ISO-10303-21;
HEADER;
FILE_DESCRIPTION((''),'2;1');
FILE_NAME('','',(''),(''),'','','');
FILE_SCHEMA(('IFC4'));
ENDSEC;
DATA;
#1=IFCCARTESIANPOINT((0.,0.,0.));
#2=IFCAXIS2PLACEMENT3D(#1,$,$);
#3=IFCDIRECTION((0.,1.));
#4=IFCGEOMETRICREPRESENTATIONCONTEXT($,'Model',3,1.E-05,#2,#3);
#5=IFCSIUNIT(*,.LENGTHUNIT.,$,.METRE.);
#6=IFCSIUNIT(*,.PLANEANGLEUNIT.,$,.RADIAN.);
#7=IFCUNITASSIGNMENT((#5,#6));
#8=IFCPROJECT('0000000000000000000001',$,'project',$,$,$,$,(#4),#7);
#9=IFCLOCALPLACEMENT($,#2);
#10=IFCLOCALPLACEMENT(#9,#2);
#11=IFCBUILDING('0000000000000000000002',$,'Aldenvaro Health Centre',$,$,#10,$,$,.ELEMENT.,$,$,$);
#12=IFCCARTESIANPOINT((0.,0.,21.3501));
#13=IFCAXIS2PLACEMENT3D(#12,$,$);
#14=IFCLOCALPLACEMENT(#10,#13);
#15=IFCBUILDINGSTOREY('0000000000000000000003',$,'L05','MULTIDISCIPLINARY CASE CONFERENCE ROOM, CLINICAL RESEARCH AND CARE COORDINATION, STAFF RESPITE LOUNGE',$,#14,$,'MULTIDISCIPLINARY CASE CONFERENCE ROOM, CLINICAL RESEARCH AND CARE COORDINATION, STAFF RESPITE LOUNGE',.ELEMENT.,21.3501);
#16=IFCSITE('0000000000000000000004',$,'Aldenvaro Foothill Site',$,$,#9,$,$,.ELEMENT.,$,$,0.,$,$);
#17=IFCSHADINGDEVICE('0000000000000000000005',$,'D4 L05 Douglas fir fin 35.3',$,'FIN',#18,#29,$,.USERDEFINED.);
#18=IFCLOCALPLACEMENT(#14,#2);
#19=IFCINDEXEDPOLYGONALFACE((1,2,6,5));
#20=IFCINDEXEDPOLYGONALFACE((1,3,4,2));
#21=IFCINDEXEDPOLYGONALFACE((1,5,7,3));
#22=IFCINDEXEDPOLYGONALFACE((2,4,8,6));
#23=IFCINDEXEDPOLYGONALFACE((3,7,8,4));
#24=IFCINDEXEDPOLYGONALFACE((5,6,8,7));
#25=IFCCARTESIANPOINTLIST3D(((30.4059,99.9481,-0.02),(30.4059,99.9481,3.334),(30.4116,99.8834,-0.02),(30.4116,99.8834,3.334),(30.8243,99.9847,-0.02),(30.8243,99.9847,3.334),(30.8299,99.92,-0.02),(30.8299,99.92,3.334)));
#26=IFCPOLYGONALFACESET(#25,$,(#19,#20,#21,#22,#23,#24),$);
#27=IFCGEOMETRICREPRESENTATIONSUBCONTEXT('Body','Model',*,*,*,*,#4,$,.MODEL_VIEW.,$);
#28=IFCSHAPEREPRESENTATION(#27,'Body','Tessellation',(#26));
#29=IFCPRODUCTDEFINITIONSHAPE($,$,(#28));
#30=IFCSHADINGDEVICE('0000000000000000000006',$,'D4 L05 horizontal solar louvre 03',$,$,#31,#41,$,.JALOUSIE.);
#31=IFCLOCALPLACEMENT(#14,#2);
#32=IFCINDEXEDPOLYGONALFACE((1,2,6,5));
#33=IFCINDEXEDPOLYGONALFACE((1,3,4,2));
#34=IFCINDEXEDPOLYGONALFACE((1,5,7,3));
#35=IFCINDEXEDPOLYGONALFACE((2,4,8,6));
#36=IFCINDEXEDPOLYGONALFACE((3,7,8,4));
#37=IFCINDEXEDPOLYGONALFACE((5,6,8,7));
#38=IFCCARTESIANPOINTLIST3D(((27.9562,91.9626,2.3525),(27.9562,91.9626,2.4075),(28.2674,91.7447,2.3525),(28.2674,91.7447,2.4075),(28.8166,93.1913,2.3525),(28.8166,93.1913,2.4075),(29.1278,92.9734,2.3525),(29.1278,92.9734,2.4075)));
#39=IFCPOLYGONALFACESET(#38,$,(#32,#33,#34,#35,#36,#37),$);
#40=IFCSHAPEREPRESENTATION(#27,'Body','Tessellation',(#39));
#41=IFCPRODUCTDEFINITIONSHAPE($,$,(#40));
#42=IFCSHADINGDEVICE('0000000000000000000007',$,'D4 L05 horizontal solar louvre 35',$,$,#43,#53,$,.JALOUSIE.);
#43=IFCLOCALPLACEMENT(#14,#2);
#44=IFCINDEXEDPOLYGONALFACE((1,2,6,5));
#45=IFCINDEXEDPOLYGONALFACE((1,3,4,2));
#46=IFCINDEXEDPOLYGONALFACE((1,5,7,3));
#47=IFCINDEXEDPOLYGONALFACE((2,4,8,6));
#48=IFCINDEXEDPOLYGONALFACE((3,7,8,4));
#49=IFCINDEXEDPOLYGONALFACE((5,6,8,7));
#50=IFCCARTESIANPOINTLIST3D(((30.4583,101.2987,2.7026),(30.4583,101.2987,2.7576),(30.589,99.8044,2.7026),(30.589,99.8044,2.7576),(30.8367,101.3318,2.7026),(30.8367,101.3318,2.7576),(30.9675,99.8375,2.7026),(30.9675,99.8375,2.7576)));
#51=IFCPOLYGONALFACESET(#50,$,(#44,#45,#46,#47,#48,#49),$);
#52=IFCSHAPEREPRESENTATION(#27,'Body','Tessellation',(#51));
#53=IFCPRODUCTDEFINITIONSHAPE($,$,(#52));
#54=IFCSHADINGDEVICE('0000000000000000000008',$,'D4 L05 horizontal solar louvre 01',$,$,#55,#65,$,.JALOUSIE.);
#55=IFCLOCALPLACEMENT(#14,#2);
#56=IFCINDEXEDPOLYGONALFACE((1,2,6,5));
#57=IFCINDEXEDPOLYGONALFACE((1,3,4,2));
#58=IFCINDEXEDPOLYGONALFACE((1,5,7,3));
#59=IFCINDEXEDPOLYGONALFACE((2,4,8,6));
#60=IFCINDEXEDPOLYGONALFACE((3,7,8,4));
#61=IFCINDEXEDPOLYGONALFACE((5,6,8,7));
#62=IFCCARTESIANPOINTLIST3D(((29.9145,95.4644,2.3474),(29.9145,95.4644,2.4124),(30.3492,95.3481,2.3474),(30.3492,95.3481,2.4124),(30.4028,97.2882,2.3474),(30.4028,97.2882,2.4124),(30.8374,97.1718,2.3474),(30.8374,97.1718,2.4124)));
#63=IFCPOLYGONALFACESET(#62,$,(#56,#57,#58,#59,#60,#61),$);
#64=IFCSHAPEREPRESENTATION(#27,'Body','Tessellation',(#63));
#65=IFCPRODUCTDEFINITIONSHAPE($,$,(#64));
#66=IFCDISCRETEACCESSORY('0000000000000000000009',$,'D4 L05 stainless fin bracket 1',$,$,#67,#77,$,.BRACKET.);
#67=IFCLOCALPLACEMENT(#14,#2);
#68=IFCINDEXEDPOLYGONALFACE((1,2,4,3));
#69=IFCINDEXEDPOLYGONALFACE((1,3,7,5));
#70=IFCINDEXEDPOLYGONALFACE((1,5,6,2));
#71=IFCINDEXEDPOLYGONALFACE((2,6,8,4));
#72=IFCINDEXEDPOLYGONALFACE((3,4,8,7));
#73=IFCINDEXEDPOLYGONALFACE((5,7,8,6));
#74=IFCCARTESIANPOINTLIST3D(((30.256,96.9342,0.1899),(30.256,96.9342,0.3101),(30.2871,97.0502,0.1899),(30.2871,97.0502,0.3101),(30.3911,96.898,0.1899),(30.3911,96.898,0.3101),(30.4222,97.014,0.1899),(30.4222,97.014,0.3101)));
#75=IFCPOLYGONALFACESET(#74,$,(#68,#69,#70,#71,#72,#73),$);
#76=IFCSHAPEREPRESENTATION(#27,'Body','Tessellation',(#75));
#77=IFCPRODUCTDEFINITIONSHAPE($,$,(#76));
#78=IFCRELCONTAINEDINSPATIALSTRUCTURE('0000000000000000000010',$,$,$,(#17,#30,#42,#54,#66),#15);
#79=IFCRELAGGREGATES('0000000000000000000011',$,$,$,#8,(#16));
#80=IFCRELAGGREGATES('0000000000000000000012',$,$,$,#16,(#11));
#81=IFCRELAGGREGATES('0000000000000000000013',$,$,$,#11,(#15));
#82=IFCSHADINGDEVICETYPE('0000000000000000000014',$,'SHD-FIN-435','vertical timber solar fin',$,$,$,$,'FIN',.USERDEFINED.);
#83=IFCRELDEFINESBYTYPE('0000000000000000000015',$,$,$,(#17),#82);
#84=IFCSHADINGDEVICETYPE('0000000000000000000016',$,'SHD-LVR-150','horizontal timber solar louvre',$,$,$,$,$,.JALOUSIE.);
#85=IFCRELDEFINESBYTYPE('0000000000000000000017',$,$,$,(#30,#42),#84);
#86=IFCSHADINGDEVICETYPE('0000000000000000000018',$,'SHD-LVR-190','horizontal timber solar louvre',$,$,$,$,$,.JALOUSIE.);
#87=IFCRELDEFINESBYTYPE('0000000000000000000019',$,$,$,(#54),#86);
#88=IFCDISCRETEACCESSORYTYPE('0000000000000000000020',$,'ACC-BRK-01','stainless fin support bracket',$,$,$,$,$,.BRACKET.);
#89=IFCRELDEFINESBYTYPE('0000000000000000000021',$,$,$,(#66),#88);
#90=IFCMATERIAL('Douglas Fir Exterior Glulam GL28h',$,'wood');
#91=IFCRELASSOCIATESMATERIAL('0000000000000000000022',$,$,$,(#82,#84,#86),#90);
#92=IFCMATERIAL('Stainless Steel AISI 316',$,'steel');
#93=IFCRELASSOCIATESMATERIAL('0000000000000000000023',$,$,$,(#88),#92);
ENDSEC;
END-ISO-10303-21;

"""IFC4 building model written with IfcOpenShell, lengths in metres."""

from ifc_helpers import new_model, si_unit, direction, frame, origin, origin_2d, place, context, subcontext, project, spatial, rectangle, extrude, material, type_object, element, save


model = new_model("IFC4")

# Units and contexts
model_context = context("Model", 3, precision=1e-05, world=origin(), true_north=direction((0.0, 1.0)))
body_context = subcontext(model_context, "Body", "Model", "MODEL_VIEW")
ifc_project = project(units=[si_unit("LENGTHUNIT", "METRE"), si_unit("PLANEANGLEUNIT", "RADIAN")], contexts=[model_context])

# Site, building, storey
site_placement = place(None, origin())
site = spatial("IfcSite", under=ifc_project, at=site_placement, Name="Aldenvaro Foothill Site", CompositionType="ELEMENT", RefElevation=0.0)
building_placement = place(site_placement, origin())
building = spatial("IfcBuilding", under=site, at=building_placement, Name="Aldenvaro Health Centre", CompositionType="ELEMENT")
storey_placement = place(building_placement, frame((0.0, 0.0, 21.3501)))
storey = spatial("IfcBuildingStorey", under=building, at=storey_placement, Name="L05", Description="MULTIDISCIPLINARY CASE CONFERENCE ROOM, CLINICAL RESEARCH AND CARE COORDINATION, STAFF RESPITE LOUNGE", LongName="MULTIDISCIPLINARY CASE CONFERENCE ROOM, CLINICAL RESEARCH AND CARE COORDINATION, STAFF RESPITE LOUNGE", CompositionType="ELEMENT", Elevation=21.3501)

# Shading devices
ifc_material_1 = material(Name="Douglas Fir Exterior Glulam GL28h", Category="wood")
shading_device_type_1 = type_object("IfcShadingDeviceType", Name="SHD-FIN-435", Description="vertical timber solar fin", ElementType="FIN", PredefinedType="USERDEFINED", material=ifc_material_1)
shading_device_1_placement = place(storey_placement, frame((30.6179, 99.9341, -0.02), z_axis=(0.0, 0.0, 1.0), x_axis=(0.087167, -0.996194, 0.0)))
element("IfcShadingDevice", 1, at=shading_device_1_placement, inside=storey, type_object=shading_device_type_1, Name="D4 L05 Douglas fir fin 35.3", ObjectType="FIN", PredefinedType="USERDEFINED", context=body_context, shape_type="SweptSolid", body=[
    extrude(rectangle(XDim=0.0649, YDim=0.4199, at=origin_2d()), origin(), (0.0, 0.0, 1.0), 3.354),
])
shading_device_type_2 = type_object("IfcShadingDeviceType", Name="SHD-LVR-150", Description="horizontal timber solar louvre", PredefinedType="JALOUSIE", material=ifc_material_1)
for number, where, z_axis, x_axis, name in (
    (2, (28.542, 92.468, 2.3525), (0.0, 0.0, 1.0), (-0.573559, -0.819164, 0.0), "D4 L05 horizontal solar louvre 03"),
    (3, (30.7129, 100.5681, 2.7026), (0.0, 0.0, 1.0), (0.087167, -0.996194, 0.0), "D4 L05 horizontal solar louvre 35"),
):
    element("IfcShadingDevice", number, at=place(storey_placement, frame(where, z_axis=z_axis, x_axis=x_axis)), inside=storey, type_object=shading_device_type_2, Name=name, PredefinedType="JALOUSIE", context=body_context, shape_type="SweptSolid", body=[
        extrude(rectangle(XDim=1.5, YDim=0.3799, at=origin_2d()), origin(), (0.0, 0.0, 1.0), 0.0549),
    ])
shading_device_type_3 = type_object("IfcShadingDeviceType", Name="SHD-LVR-190", Description="horizontal timber solar louvre", PredefinedType="JALOUSIE", material=ifc_material_1)
shading_device_2_placement = place(storey_placement, frame((30.376, 96.3181, 2.3474), z_axis=(0.0, 0.0, 1.0), x_axis=(-0.258616, -0.96598, 0.0)))
element("IfcShadingDevice", 4, at=shading_device_2_placement, inside=storey, type_object=shading_device_type_3, Name="D4 L05 horizontal solar louvre 01", PredefinedType="JALOUSIE", context=body_context, shape_type="SweptSolid", body=[
    extrude(rectangle(XDim=1.8879, YDim=0.45, at=origin_2d()), origin(), (0.0, 0.0, 1.0), 0.0649),
])

# Discrete accessory
ifc_material_2 = material(Name="Stainless Steel AISI 316", Category="steel")
discrete_accessory_type = type_object("IfcDiscreteAccessoryType", Name="ACC-BRK-01", Description="stainless fin support bracket", PredefinedType="BRACKET", material=ifc_material_2)
discrete_accessory_placement = place(storey_placement, frame((30.3391, 96.9741, 0.1899), z_axis=(0.0, 0.0, 1.0), x_axis=(-0.258616, -0.96598, 0.0)))
element("IfcDiscreteAccessory", 5, at=discrete_accessory_placement, inside=storey, type_object=discrete_accessory_type, Name="D4 L05 stainless fin bracket 1", PredefinedType="BRACKET", context=body_context, shape_type="SweptSolid", body=[
    extrude(rectangle(XDim=0.1201, YDim=0.1399, at=origin_2d()), origin(), (0.0, 0.0, 1.0), 0.1201),
])

save(model, "model.ifc")
